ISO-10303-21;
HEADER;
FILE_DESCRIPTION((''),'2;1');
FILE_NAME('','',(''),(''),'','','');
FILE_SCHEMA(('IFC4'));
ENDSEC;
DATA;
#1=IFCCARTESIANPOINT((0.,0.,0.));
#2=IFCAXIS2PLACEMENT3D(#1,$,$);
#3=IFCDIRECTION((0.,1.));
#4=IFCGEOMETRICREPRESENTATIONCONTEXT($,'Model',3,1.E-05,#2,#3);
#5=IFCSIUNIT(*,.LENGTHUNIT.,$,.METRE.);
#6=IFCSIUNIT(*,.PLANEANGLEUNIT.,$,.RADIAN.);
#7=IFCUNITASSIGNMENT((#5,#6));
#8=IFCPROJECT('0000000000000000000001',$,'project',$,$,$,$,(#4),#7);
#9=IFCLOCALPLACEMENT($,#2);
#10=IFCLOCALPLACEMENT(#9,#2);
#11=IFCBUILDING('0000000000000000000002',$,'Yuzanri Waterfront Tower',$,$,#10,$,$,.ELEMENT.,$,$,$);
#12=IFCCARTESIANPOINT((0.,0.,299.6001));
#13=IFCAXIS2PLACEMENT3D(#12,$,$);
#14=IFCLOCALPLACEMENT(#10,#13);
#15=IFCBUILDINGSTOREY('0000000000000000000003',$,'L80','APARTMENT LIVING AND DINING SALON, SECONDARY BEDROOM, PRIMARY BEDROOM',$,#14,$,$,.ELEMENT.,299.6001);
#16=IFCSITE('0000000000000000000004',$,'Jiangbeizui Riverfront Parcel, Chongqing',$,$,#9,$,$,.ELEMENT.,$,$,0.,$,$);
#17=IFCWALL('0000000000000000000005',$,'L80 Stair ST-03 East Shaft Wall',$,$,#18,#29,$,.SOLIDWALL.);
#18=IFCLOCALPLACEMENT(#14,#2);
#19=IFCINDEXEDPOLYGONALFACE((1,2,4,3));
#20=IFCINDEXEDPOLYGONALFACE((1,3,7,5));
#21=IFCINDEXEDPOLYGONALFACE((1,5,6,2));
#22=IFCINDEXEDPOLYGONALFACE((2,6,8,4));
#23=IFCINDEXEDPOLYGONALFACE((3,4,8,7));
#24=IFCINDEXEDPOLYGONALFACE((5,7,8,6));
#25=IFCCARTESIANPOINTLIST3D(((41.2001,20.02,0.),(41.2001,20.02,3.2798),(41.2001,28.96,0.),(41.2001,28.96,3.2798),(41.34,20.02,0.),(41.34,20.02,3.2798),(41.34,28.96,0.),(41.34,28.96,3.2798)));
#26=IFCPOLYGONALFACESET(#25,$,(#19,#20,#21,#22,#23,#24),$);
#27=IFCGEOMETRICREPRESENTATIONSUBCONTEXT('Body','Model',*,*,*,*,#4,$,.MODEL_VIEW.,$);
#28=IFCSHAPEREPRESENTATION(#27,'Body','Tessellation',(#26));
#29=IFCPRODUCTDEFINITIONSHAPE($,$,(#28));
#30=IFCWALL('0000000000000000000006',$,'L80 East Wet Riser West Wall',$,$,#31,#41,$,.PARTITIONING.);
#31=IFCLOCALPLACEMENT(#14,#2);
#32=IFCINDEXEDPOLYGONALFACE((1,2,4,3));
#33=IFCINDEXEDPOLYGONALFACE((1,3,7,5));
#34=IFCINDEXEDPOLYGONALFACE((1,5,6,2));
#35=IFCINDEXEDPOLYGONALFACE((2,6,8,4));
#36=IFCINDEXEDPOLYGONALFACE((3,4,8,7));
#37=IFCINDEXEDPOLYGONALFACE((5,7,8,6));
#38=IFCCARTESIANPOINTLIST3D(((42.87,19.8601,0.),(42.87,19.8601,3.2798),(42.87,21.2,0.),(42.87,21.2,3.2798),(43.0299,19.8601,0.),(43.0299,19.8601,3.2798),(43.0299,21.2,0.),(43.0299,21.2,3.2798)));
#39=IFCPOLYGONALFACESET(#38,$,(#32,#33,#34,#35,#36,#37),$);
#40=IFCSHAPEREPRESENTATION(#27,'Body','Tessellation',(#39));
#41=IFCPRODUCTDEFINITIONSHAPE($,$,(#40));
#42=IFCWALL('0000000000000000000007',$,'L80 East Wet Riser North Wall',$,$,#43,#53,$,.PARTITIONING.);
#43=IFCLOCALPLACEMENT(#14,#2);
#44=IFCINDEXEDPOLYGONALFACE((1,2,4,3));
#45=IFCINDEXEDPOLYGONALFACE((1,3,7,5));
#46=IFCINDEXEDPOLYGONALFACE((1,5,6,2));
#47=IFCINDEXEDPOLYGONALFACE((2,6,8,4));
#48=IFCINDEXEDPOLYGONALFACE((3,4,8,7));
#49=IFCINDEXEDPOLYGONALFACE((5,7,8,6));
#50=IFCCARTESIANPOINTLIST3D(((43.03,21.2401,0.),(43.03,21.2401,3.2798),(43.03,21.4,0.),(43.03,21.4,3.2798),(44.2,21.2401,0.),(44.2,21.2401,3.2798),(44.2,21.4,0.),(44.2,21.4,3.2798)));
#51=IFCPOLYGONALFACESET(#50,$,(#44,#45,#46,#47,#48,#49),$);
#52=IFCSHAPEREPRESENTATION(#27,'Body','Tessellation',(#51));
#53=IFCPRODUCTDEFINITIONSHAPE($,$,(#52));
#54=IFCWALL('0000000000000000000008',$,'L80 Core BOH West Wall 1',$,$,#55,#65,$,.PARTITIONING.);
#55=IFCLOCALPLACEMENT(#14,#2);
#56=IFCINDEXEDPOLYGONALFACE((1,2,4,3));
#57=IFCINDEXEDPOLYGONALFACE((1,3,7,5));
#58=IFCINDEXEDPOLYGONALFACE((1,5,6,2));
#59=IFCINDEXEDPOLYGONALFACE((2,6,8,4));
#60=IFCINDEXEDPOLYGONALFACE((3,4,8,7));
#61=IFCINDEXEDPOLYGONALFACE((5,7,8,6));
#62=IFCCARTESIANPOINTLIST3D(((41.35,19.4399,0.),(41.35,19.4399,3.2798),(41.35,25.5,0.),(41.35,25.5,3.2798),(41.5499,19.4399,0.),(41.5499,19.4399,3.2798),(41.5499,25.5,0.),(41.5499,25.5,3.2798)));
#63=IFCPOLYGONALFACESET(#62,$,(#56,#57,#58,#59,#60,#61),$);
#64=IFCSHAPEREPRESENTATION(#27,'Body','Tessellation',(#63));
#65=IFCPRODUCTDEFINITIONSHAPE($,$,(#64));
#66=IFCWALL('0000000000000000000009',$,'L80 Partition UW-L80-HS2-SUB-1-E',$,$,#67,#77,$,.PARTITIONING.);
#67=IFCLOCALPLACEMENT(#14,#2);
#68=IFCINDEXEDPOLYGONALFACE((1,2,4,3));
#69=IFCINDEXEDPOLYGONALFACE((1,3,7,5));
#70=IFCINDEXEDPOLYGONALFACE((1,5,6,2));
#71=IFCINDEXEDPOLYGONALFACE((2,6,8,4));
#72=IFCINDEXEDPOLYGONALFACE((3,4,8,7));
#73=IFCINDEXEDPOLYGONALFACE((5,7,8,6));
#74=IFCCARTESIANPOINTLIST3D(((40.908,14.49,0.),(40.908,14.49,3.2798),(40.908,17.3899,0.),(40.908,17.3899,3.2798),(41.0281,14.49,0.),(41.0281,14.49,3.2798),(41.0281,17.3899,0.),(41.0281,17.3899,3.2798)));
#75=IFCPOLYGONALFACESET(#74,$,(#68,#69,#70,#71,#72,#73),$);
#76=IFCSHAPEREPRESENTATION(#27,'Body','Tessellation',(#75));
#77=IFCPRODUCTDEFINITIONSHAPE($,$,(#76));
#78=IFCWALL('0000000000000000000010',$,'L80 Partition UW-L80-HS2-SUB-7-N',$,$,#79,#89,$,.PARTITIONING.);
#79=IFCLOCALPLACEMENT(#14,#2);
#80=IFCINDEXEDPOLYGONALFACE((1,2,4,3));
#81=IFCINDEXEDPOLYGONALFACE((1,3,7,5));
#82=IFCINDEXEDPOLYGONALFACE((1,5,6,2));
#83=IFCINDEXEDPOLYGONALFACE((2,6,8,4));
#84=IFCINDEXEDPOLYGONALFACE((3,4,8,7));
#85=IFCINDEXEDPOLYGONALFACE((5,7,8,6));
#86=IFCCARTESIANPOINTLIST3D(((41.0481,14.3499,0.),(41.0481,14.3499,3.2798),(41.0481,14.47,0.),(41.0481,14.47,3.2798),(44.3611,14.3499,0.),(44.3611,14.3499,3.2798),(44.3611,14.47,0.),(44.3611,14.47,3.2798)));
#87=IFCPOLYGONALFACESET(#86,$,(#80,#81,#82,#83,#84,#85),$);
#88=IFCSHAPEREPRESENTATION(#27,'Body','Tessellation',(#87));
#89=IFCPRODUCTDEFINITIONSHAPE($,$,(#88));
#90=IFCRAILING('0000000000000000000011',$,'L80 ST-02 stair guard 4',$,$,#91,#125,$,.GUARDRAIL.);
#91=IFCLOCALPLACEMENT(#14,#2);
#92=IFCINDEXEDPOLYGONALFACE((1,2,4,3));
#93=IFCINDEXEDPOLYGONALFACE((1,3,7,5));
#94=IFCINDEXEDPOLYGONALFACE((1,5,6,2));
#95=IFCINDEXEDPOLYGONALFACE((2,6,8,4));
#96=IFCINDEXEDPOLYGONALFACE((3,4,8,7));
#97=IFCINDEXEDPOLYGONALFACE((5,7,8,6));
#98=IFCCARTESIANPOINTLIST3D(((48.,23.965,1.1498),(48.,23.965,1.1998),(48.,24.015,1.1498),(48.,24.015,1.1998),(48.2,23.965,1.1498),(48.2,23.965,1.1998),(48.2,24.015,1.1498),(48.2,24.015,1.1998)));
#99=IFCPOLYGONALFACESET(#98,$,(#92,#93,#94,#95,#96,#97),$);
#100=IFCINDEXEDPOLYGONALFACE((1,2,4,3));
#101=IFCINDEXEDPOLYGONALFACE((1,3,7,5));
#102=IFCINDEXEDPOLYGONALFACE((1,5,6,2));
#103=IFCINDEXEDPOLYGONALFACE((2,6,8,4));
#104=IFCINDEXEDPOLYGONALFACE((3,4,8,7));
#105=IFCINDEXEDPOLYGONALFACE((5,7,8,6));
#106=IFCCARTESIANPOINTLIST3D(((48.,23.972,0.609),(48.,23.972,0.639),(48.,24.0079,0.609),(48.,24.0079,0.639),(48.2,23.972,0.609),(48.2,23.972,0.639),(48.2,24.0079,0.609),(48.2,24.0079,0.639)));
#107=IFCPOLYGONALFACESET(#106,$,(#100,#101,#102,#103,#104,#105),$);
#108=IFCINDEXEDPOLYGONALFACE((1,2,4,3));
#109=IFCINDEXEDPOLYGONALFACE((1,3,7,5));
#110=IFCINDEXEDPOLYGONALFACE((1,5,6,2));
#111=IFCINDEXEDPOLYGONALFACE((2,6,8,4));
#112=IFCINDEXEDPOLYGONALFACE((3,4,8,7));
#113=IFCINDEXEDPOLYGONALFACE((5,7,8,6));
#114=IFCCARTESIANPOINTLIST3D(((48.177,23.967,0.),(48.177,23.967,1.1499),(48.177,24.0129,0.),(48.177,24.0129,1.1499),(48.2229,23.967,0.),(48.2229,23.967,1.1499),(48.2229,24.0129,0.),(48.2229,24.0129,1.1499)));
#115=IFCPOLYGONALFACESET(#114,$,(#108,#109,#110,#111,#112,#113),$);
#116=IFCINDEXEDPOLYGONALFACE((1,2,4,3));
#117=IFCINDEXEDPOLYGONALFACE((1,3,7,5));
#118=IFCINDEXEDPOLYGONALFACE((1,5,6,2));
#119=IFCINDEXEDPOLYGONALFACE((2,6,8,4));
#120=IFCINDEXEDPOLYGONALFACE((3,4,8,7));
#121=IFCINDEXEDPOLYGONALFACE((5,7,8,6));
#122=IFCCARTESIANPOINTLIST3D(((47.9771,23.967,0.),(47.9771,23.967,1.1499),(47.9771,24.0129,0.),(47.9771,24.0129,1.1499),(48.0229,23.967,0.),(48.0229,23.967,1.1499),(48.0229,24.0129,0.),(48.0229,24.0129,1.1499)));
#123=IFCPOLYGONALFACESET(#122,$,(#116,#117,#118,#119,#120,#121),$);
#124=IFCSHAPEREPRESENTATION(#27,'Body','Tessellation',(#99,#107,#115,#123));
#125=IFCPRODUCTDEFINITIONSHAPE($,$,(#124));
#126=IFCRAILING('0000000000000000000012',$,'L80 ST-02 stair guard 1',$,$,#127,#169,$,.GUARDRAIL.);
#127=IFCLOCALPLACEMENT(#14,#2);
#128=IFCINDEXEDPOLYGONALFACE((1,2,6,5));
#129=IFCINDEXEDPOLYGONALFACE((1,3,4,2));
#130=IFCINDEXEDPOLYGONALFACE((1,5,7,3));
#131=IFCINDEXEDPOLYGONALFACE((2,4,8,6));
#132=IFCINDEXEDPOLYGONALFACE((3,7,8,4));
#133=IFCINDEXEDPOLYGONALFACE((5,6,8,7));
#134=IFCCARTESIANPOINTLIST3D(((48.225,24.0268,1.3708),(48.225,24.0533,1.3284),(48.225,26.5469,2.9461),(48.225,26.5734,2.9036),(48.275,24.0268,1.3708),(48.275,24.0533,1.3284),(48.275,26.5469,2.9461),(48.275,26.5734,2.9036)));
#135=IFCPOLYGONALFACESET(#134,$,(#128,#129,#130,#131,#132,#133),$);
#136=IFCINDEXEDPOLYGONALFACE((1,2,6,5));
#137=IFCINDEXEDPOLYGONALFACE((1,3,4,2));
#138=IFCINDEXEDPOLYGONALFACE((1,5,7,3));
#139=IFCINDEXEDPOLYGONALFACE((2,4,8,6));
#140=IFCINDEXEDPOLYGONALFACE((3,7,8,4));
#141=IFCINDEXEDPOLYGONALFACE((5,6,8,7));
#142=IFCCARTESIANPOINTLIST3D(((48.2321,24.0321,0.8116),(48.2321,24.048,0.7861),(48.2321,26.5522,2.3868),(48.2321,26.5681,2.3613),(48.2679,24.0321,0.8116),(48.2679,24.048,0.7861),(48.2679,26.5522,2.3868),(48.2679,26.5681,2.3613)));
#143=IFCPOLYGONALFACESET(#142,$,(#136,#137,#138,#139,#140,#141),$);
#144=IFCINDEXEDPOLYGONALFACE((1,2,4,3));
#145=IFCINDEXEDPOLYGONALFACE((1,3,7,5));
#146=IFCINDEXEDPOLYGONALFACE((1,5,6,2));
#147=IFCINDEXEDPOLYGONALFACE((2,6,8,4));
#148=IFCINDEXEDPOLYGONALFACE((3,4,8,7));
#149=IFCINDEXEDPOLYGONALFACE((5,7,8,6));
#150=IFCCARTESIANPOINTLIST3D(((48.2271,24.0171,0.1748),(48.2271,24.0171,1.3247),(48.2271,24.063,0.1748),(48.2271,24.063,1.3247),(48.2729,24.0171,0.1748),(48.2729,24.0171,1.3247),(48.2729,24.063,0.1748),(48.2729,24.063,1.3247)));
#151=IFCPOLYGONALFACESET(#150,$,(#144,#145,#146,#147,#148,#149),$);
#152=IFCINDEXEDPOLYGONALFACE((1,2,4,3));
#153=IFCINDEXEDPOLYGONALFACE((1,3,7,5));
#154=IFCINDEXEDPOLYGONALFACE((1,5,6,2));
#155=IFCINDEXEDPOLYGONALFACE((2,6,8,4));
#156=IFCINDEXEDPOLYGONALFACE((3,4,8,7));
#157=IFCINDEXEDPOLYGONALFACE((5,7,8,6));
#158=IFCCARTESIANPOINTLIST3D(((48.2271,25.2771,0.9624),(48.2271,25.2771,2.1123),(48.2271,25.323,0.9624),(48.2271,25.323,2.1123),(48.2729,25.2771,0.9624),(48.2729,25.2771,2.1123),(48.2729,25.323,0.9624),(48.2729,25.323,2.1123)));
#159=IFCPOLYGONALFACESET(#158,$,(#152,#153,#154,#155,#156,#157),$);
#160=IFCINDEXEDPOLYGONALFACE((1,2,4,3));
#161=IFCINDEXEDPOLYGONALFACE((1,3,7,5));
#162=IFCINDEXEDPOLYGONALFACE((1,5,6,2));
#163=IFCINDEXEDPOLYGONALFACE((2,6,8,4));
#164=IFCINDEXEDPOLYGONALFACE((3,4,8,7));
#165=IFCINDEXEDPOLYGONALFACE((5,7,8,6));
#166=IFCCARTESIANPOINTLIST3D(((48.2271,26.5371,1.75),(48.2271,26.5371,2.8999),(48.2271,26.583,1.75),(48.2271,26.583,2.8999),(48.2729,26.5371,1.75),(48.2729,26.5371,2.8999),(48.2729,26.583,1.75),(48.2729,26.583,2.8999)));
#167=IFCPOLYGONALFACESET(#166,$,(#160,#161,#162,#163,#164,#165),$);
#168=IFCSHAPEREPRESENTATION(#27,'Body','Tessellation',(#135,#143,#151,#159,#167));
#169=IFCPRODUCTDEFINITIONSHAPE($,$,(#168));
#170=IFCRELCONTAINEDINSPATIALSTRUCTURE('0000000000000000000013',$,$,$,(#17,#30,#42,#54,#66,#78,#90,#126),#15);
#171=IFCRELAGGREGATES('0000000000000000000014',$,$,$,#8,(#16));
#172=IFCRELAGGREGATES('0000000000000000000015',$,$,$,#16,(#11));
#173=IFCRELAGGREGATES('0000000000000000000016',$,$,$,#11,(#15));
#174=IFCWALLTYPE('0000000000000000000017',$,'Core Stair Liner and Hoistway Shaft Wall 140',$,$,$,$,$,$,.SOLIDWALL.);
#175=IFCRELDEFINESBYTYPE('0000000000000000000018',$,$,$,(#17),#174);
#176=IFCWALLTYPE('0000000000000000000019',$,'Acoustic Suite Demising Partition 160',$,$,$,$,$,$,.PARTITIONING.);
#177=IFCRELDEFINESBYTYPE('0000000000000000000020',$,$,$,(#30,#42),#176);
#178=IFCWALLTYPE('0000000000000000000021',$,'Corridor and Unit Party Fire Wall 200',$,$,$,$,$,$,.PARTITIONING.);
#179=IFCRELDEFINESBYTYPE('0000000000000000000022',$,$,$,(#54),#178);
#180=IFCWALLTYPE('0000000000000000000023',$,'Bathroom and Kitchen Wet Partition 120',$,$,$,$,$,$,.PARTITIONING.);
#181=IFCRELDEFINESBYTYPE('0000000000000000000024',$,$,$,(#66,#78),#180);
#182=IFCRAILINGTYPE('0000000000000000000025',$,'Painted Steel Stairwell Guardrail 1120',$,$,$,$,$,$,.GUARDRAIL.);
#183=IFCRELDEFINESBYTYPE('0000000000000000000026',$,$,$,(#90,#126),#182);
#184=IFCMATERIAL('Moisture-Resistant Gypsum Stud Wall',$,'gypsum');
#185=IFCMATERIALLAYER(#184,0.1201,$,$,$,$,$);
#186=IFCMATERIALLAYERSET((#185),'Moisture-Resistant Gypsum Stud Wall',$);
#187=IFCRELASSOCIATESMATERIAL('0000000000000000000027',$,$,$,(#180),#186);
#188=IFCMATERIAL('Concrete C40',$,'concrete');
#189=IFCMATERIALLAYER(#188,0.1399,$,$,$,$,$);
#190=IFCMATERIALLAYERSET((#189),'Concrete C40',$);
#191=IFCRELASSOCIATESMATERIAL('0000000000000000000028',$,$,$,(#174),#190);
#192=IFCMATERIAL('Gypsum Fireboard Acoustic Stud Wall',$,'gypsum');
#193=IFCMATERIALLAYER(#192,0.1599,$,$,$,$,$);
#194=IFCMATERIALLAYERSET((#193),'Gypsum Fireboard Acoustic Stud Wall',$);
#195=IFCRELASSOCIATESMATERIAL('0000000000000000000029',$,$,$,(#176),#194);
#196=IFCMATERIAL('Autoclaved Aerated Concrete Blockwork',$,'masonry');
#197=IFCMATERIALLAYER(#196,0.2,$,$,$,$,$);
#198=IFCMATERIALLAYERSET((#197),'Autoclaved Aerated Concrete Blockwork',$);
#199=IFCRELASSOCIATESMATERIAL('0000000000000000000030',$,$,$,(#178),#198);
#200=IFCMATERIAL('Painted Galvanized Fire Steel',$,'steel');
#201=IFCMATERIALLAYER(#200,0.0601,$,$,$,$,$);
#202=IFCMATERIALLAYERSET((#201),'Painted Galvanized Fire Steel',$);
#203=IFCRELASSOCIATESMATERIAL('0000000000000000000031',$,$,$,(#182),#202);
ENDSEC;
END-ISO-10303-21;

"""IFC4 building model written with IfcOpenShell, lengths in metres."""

from ifc_helpers import new_model, si_unit, direction, frame, frame_2d, origin, origin_2d, place, context, subcontext, project, spatial, rectangle, extrude, source, transform, mapped, material, layer, layer_set, type_object, element, save


model = new_model("IFC4")

# Units and contexts
model_context = context("Model", 3, precision=1e-05, world=origin(), true_north=direction((0.0, 1.0)))
body_context = subcontext(model_context, "Body", "Model", "MODEL_VIEW")
ifc_project = project(units=[si_unit("LENGTHUNIT", "METRE"), si_unit("PLANEANGLEUNIT", "RADIAN")], contexts=[model_context])

# Site, building, storey
site_placement = place(None, origin())
site = spatial("IfcSite", under=ifc_project, at=site_placement, Name="Jiangbeizui Riverfront Parcel, Chongqing", CompositionType="ELEMENT", RefElevation=0.0)
building_placement = place(site_placement, origin())
building = spatial("IfcBuilding", under=site, at=building_placement, Name="Yuzanri Waterfront Tower", CompositionType="ELEMENT")
storey_placement = place(building_placement, frame((0.0, 0.0, 299.6001)))
storey = spatial("IfcBuildingStorey", under=building, at=storey_placement, Name="L80", Description="APARTMENT LIVING AND DINING SALON, SECONDARY BEDROOM, PRIMARY BEDROOM", CompositionType="ELEMENT", Elevation=299.6001)

# Shared definitions
ifc_material_1 = material(Name="Moisture-Resistant Gypsum Stud Wall", Category="gypsum")
ifc_layer_1 = layer(ifc_material_1, 0.1201)
ifc_layer_set_1 = layer_set([ifc_layer_1], Name="Moisture-Resistant Gypsum Stud Wall")
wall_type_1 = type_object("IfcWallType", Name="Bathroom and Kitchen Wet Partition 120", PredefinedType="PARTITIONING", material=ifc_layer_set_1)

# Shared definitions
ifc_material_2 = material(Name="Concrete C40", Category="concrete")
ifc_layer_2 = layer(ifc_material_2, 0.1399)
ifc_layer_set_2 = layer_set([ifc_layer_2], Name="Concrete C40")
wall_type_2 = type_object("IfcWallType", Name="Core Stair Liner and Hoistway Shaft Wall 140", PredefinedType="SOLIDWALL", material=ifc_layer_set_2)

# Walls
shared_shape_1 = source(origin(), body_context, "Body", "SweptSolid", [
    extrude(rectangle(XDim=8.9399, YDim=0.1399, at=frame_2d((4.47, 0.0))), origin(), (0.0, 0.0, 1.0), 3.2798),
])
wall_1_placement = place(storey_placement, frame((41.27, 20.02, 0.0), z_axis=(0.0, 0.0, 1.0), x_axis=(0.0, 1.0, 0.0)))
element("IfcWall", 1, at=wall_1_placement, inside=storey, type_object=wall_type_2, Name="L80 Stair ST-03 East Shaft Wall", PredefinedType="SOLIDWALL", context=body_context, shape_type="MappedRepresentation", body=[
    mapped(shared_shape_1, transform((0.0, 0.0, 0.0), scale=1.0)),
])
ifc_material_3 = material(Name="Gypsum Fireboard Acoustic Stud Wall", Category="gypsum")
ifc_layer_3 = layer(ifc_material_3, 0.1599)
ifc_layer_set_3 = layer_set([ifc_layer_3], Name="Gypsum Fireboard Acoustic Stud Wall")
wall_type_3 = type_object("IfcWallType", Name="Acoustic Suite Demising Partition 160", PredefinedType="PARTITIONING", material=ifc_layer_set_3)
shared_shape_2 = source(origin(), body_context, "Body", "SweptSolid", [
    extrude(rectangle(XDim=1.3398, YDim=0.1599, at=frame_2d((0.6699, 0.0))), origin(), (0.0, 0.0, 1.0), 3.2798),
])
wall_2_placement = place(storey_placement, frame((42.95, 19.8601, 0.0), z_axis=(0.0, 0.0, 1.0), x_axis=(0.0, 1.0, 0.0)))
element("IfcWall", 2, at=wall_2_placement, inside=storey, type_object=wall_type_3, Name="L80 East Wet Riser West Wall", PredefinedType="PARTITIONING", context=body_context, shape_type="MappedRepresentation", body=[
    mapped(shared_shape_2, transform((0.0, 0.0, 0.0), scale=1.0)),
])
shared_shape_3 = source(origin(), body_context, "Body", "SweptSolid", [
    extrude(rectangle(XDim=1.1699, YDim=0.1599, at=frame_2d((0.585, 0.0))), origin(), (0.0, 0.0, 1.0), 3.2798),
])
wall_3_placement = place(storey_placement, frame((43.03, 21.3201, 0.0), z_axis=(0.0, 0.0, 1.0), x_axis=(1.0, 0.0, 0.0)))
element("IfcWall", 3, at=wall_3_placement, inside=storey, type_object=wall_type_3, Name="L80 East Wet Riser North Wall", PredefinedType="PARTITIONING", context=body_context, shape_type="MappedRepresentation", body=[
    mapped(shared_shape_3, transform((0.0, 0.0, 0.0), scale=1.0)),
])
ifc_material_4 = material(Name="Autoclaved Aerated Concrete Blockwork", Category="masonry")
ifc_layer_4 = layer(ifc_material_4, 0.2)
ifc_layer_set_4 = layer_set([ifc_layer_4], Name="Autoclaved Aerated Concrete Blockwork")
wall_type_4 = type_object("IfcWallType", Name="Corridor and Unit Party Fire Wall 200", PredefinedType="PARTITIONING", material=ifc_layer_set_4)
shared_shape_4 = source(origin(), body_context, "Body", "SweptSolid", [
    extrude(rectangle(XDim=6.0601, YDim=0.2, at=frame_2d((3.03, 0.0))), origin(), (0.0, 0.0, 1.0), 3.2798),
])
wall_4_placement = place(storey_placement, frame((41.45, 19.4399, 0.0), z_axis=(0.0, 0.0, 1.0), x_axis=(0.0, 1.0, 0.0)))
element("IfcWall", 4, at=wall_4_placement, inside=storey, type_object=wall_type_4, Name="L80 Core BOH West Wall 1", PredefinedType="PARTITIONING", context=body_context, shape_type="MappedRepresentation", body=[
    mapped(shared_shape_4, transform((0.0, 0.0, 0.0), scale=1.0)),
])
shared_shape_5 = source(origin(), body_context, "Body", "SweptSolid", [
    extrude(rectangle(XDim=2.8999, YDim=0.1201, at=frame_2d((1.45, 0.0))), origin(), (0.0, 0.0, 1.0), 3.2798),
])
wall_5_placement = place(storey_placement, frame((40.968, 14.49, 0.0), z_axis=(0.0, 0.0, 1.0), x_axis=(0.0, 1.0, 0.0)))
element("IfcWall", 5, at=wall_5_placement, inside=storey, type_object=wall_type_1, Name="L80 Partition UW-L80-HS2-SUB-1-E", PredefinedType="PARTITIONING", context=body_context, shape_type="MappedRepresentation", body=[
    mapped(shared_shape_5, transform((0.0, 0.0, 0.0), scale=1.0)),
])
shared_shape_6 = source(origin(), body_context, "Body", "SweptSolid", [
    extrude(rectangle(XDim=3.313, YDim=0.1201, at=frame_2d((1.6565, 0.0))), origin(), (0.0, 0.0, 1.0), 3.2798),
])
wall_6_placement = place(storey_placement, frame((41.0481, 14.4099, 0.0), z_axis=(0.0, 0.0, 1.0), x_axis=(1.0, 0.0, 0.0)))
element("IfcWall", 6, at=wall_6_placement, inside=storey, type_object=wall_type_1, Name="L80 Partition UW-L80-HS2-SUB-7-N", PredefinedType="PARTITIONING", context=body_context, shape_type="MappedRepresentation", body=[
    mapped(shared_shape_6, transform((0.0, 0.0, 0.0), scale=1.0)),
])

# Railings
ifc_material_5 = material(Name="Painted Galvanized Fire Steel", Category="steel")
ifc_layer_5 = layer(ifc_material_5, 0.0601)
ifc_layer_set_5 = layer_set([ifc_layer_5], Name="Painted Galvanized Fire Steel")
railing_type = type_object("IfcRailingType", Name="Painted Steel Stairwell Guardrail 1120", PredefinedType="GUARDRAIL", material=ifc_layer_set_5)
shared_shape_7 = source(origin(), body_context, "Body", "SweptSolid", [
    extrude(rectangle(XDim=0.05, YDim=0.05, at=origin_2d()), frame((0.0, 0.0, 1.1748), z_axis=(-1.0, 0.0, 0.0), x_axis=(0.0, -1.0, 0.0)), (0.0, 0.0, 1.0), 0.2),
    extrude(rectangle(XDim=0.0359, YDim=0.03, at=origin_2d()), frame((0.0, 0.0, 0.624), z_axis=(-1.0, 0.0, 0.0), x_axis=(0.0, -1.0, 0.0)), (0.0, 0.0, 1.0), 0.2),
    extrude(rectangle(XDim=0.0459, YDim=0.0459, at=origin_2d()), origin(), (0.0, 0.0, 1.0), 1.1499),
    extrude(rectangle(XDim=0.0459, YDim=0.0459, at=origin_2d()), frame((-0.2, 0.0, 0.0)), (0.0, 0.0, 1.0), 1.1499),
])
railing_1_placement = place(storey_placement, frame((48.2, 23.99, 0.0)))
element("IfcRailing", 7, at=railing_1_placement, inside=storey, type_object=railing_type, Name="L80 ST-02 stair guard 4", PredefinedType="GUARDRAIL", context=body_context, shape_type="MappedRepresentation", body=[
    mapped(shared_shape_7, transform((0.0, 0.0, 0.0), scale=1.0)),
])
shared_shape_8 = source(origin(), body_context, "Body", "SweptSolid", [
    extrude(rectangle(XDim=0.05, YDim=0.05, at=origin_2d()), frame((0.0, 0.0, 1.1748), z_axis=(0.0, 0.847971, 0.530043), x_axis=(-1.0, 0.0, 0.0)), (0.0, 0.0, 1.0), 2.9719),
    extrude(rectangle(XDim=0.0359, YDim=0.03, at=origin_2d()), frame((0.0, 0.0, 0.624), z_axis=(0.0, 0.847971, 0.530043), x_axis=(-1.0, 0.0, 0.0)), (0.0, 0.0, 1.0), 2.9719),
    extrude(rectangle(XDim=0.0459, YDim=0.0459, at=origin_2d()), origin(), (0.0, 0.0, 1.0), 1.1499),
    extrude(rectangle(XDim=0.0459, YDim=0.0459, at=origin_2d()), frame((0.0, 1.26, 0.7876)), (0.0, 0.0, 1.0), 1.1499),
    extrude(rectangle(XDim=0.0459, YDim=0.0459, at=origin_2d()), frame((0.0, 2.52, 1.5752)), (0.0, 0.0, 1.0), 1.1499),
])
railing_2_placement = place(storey_placement, frame((48.25, 24.04, 0.1748)))
element("IfcRailing", 8, at=railing_2_placement, inside=storey, type_object=railing_type, Name="L80 ST-02 stair guard 1", PredefinedType="GUARDRAIL", context=body_context, shape_type="MappedRepresentation", body=[
    mapped(shared_shape_8, transform((0.0, 0.0, 0.0), scale=1.0)),
])

save(model, "model.ifc")
